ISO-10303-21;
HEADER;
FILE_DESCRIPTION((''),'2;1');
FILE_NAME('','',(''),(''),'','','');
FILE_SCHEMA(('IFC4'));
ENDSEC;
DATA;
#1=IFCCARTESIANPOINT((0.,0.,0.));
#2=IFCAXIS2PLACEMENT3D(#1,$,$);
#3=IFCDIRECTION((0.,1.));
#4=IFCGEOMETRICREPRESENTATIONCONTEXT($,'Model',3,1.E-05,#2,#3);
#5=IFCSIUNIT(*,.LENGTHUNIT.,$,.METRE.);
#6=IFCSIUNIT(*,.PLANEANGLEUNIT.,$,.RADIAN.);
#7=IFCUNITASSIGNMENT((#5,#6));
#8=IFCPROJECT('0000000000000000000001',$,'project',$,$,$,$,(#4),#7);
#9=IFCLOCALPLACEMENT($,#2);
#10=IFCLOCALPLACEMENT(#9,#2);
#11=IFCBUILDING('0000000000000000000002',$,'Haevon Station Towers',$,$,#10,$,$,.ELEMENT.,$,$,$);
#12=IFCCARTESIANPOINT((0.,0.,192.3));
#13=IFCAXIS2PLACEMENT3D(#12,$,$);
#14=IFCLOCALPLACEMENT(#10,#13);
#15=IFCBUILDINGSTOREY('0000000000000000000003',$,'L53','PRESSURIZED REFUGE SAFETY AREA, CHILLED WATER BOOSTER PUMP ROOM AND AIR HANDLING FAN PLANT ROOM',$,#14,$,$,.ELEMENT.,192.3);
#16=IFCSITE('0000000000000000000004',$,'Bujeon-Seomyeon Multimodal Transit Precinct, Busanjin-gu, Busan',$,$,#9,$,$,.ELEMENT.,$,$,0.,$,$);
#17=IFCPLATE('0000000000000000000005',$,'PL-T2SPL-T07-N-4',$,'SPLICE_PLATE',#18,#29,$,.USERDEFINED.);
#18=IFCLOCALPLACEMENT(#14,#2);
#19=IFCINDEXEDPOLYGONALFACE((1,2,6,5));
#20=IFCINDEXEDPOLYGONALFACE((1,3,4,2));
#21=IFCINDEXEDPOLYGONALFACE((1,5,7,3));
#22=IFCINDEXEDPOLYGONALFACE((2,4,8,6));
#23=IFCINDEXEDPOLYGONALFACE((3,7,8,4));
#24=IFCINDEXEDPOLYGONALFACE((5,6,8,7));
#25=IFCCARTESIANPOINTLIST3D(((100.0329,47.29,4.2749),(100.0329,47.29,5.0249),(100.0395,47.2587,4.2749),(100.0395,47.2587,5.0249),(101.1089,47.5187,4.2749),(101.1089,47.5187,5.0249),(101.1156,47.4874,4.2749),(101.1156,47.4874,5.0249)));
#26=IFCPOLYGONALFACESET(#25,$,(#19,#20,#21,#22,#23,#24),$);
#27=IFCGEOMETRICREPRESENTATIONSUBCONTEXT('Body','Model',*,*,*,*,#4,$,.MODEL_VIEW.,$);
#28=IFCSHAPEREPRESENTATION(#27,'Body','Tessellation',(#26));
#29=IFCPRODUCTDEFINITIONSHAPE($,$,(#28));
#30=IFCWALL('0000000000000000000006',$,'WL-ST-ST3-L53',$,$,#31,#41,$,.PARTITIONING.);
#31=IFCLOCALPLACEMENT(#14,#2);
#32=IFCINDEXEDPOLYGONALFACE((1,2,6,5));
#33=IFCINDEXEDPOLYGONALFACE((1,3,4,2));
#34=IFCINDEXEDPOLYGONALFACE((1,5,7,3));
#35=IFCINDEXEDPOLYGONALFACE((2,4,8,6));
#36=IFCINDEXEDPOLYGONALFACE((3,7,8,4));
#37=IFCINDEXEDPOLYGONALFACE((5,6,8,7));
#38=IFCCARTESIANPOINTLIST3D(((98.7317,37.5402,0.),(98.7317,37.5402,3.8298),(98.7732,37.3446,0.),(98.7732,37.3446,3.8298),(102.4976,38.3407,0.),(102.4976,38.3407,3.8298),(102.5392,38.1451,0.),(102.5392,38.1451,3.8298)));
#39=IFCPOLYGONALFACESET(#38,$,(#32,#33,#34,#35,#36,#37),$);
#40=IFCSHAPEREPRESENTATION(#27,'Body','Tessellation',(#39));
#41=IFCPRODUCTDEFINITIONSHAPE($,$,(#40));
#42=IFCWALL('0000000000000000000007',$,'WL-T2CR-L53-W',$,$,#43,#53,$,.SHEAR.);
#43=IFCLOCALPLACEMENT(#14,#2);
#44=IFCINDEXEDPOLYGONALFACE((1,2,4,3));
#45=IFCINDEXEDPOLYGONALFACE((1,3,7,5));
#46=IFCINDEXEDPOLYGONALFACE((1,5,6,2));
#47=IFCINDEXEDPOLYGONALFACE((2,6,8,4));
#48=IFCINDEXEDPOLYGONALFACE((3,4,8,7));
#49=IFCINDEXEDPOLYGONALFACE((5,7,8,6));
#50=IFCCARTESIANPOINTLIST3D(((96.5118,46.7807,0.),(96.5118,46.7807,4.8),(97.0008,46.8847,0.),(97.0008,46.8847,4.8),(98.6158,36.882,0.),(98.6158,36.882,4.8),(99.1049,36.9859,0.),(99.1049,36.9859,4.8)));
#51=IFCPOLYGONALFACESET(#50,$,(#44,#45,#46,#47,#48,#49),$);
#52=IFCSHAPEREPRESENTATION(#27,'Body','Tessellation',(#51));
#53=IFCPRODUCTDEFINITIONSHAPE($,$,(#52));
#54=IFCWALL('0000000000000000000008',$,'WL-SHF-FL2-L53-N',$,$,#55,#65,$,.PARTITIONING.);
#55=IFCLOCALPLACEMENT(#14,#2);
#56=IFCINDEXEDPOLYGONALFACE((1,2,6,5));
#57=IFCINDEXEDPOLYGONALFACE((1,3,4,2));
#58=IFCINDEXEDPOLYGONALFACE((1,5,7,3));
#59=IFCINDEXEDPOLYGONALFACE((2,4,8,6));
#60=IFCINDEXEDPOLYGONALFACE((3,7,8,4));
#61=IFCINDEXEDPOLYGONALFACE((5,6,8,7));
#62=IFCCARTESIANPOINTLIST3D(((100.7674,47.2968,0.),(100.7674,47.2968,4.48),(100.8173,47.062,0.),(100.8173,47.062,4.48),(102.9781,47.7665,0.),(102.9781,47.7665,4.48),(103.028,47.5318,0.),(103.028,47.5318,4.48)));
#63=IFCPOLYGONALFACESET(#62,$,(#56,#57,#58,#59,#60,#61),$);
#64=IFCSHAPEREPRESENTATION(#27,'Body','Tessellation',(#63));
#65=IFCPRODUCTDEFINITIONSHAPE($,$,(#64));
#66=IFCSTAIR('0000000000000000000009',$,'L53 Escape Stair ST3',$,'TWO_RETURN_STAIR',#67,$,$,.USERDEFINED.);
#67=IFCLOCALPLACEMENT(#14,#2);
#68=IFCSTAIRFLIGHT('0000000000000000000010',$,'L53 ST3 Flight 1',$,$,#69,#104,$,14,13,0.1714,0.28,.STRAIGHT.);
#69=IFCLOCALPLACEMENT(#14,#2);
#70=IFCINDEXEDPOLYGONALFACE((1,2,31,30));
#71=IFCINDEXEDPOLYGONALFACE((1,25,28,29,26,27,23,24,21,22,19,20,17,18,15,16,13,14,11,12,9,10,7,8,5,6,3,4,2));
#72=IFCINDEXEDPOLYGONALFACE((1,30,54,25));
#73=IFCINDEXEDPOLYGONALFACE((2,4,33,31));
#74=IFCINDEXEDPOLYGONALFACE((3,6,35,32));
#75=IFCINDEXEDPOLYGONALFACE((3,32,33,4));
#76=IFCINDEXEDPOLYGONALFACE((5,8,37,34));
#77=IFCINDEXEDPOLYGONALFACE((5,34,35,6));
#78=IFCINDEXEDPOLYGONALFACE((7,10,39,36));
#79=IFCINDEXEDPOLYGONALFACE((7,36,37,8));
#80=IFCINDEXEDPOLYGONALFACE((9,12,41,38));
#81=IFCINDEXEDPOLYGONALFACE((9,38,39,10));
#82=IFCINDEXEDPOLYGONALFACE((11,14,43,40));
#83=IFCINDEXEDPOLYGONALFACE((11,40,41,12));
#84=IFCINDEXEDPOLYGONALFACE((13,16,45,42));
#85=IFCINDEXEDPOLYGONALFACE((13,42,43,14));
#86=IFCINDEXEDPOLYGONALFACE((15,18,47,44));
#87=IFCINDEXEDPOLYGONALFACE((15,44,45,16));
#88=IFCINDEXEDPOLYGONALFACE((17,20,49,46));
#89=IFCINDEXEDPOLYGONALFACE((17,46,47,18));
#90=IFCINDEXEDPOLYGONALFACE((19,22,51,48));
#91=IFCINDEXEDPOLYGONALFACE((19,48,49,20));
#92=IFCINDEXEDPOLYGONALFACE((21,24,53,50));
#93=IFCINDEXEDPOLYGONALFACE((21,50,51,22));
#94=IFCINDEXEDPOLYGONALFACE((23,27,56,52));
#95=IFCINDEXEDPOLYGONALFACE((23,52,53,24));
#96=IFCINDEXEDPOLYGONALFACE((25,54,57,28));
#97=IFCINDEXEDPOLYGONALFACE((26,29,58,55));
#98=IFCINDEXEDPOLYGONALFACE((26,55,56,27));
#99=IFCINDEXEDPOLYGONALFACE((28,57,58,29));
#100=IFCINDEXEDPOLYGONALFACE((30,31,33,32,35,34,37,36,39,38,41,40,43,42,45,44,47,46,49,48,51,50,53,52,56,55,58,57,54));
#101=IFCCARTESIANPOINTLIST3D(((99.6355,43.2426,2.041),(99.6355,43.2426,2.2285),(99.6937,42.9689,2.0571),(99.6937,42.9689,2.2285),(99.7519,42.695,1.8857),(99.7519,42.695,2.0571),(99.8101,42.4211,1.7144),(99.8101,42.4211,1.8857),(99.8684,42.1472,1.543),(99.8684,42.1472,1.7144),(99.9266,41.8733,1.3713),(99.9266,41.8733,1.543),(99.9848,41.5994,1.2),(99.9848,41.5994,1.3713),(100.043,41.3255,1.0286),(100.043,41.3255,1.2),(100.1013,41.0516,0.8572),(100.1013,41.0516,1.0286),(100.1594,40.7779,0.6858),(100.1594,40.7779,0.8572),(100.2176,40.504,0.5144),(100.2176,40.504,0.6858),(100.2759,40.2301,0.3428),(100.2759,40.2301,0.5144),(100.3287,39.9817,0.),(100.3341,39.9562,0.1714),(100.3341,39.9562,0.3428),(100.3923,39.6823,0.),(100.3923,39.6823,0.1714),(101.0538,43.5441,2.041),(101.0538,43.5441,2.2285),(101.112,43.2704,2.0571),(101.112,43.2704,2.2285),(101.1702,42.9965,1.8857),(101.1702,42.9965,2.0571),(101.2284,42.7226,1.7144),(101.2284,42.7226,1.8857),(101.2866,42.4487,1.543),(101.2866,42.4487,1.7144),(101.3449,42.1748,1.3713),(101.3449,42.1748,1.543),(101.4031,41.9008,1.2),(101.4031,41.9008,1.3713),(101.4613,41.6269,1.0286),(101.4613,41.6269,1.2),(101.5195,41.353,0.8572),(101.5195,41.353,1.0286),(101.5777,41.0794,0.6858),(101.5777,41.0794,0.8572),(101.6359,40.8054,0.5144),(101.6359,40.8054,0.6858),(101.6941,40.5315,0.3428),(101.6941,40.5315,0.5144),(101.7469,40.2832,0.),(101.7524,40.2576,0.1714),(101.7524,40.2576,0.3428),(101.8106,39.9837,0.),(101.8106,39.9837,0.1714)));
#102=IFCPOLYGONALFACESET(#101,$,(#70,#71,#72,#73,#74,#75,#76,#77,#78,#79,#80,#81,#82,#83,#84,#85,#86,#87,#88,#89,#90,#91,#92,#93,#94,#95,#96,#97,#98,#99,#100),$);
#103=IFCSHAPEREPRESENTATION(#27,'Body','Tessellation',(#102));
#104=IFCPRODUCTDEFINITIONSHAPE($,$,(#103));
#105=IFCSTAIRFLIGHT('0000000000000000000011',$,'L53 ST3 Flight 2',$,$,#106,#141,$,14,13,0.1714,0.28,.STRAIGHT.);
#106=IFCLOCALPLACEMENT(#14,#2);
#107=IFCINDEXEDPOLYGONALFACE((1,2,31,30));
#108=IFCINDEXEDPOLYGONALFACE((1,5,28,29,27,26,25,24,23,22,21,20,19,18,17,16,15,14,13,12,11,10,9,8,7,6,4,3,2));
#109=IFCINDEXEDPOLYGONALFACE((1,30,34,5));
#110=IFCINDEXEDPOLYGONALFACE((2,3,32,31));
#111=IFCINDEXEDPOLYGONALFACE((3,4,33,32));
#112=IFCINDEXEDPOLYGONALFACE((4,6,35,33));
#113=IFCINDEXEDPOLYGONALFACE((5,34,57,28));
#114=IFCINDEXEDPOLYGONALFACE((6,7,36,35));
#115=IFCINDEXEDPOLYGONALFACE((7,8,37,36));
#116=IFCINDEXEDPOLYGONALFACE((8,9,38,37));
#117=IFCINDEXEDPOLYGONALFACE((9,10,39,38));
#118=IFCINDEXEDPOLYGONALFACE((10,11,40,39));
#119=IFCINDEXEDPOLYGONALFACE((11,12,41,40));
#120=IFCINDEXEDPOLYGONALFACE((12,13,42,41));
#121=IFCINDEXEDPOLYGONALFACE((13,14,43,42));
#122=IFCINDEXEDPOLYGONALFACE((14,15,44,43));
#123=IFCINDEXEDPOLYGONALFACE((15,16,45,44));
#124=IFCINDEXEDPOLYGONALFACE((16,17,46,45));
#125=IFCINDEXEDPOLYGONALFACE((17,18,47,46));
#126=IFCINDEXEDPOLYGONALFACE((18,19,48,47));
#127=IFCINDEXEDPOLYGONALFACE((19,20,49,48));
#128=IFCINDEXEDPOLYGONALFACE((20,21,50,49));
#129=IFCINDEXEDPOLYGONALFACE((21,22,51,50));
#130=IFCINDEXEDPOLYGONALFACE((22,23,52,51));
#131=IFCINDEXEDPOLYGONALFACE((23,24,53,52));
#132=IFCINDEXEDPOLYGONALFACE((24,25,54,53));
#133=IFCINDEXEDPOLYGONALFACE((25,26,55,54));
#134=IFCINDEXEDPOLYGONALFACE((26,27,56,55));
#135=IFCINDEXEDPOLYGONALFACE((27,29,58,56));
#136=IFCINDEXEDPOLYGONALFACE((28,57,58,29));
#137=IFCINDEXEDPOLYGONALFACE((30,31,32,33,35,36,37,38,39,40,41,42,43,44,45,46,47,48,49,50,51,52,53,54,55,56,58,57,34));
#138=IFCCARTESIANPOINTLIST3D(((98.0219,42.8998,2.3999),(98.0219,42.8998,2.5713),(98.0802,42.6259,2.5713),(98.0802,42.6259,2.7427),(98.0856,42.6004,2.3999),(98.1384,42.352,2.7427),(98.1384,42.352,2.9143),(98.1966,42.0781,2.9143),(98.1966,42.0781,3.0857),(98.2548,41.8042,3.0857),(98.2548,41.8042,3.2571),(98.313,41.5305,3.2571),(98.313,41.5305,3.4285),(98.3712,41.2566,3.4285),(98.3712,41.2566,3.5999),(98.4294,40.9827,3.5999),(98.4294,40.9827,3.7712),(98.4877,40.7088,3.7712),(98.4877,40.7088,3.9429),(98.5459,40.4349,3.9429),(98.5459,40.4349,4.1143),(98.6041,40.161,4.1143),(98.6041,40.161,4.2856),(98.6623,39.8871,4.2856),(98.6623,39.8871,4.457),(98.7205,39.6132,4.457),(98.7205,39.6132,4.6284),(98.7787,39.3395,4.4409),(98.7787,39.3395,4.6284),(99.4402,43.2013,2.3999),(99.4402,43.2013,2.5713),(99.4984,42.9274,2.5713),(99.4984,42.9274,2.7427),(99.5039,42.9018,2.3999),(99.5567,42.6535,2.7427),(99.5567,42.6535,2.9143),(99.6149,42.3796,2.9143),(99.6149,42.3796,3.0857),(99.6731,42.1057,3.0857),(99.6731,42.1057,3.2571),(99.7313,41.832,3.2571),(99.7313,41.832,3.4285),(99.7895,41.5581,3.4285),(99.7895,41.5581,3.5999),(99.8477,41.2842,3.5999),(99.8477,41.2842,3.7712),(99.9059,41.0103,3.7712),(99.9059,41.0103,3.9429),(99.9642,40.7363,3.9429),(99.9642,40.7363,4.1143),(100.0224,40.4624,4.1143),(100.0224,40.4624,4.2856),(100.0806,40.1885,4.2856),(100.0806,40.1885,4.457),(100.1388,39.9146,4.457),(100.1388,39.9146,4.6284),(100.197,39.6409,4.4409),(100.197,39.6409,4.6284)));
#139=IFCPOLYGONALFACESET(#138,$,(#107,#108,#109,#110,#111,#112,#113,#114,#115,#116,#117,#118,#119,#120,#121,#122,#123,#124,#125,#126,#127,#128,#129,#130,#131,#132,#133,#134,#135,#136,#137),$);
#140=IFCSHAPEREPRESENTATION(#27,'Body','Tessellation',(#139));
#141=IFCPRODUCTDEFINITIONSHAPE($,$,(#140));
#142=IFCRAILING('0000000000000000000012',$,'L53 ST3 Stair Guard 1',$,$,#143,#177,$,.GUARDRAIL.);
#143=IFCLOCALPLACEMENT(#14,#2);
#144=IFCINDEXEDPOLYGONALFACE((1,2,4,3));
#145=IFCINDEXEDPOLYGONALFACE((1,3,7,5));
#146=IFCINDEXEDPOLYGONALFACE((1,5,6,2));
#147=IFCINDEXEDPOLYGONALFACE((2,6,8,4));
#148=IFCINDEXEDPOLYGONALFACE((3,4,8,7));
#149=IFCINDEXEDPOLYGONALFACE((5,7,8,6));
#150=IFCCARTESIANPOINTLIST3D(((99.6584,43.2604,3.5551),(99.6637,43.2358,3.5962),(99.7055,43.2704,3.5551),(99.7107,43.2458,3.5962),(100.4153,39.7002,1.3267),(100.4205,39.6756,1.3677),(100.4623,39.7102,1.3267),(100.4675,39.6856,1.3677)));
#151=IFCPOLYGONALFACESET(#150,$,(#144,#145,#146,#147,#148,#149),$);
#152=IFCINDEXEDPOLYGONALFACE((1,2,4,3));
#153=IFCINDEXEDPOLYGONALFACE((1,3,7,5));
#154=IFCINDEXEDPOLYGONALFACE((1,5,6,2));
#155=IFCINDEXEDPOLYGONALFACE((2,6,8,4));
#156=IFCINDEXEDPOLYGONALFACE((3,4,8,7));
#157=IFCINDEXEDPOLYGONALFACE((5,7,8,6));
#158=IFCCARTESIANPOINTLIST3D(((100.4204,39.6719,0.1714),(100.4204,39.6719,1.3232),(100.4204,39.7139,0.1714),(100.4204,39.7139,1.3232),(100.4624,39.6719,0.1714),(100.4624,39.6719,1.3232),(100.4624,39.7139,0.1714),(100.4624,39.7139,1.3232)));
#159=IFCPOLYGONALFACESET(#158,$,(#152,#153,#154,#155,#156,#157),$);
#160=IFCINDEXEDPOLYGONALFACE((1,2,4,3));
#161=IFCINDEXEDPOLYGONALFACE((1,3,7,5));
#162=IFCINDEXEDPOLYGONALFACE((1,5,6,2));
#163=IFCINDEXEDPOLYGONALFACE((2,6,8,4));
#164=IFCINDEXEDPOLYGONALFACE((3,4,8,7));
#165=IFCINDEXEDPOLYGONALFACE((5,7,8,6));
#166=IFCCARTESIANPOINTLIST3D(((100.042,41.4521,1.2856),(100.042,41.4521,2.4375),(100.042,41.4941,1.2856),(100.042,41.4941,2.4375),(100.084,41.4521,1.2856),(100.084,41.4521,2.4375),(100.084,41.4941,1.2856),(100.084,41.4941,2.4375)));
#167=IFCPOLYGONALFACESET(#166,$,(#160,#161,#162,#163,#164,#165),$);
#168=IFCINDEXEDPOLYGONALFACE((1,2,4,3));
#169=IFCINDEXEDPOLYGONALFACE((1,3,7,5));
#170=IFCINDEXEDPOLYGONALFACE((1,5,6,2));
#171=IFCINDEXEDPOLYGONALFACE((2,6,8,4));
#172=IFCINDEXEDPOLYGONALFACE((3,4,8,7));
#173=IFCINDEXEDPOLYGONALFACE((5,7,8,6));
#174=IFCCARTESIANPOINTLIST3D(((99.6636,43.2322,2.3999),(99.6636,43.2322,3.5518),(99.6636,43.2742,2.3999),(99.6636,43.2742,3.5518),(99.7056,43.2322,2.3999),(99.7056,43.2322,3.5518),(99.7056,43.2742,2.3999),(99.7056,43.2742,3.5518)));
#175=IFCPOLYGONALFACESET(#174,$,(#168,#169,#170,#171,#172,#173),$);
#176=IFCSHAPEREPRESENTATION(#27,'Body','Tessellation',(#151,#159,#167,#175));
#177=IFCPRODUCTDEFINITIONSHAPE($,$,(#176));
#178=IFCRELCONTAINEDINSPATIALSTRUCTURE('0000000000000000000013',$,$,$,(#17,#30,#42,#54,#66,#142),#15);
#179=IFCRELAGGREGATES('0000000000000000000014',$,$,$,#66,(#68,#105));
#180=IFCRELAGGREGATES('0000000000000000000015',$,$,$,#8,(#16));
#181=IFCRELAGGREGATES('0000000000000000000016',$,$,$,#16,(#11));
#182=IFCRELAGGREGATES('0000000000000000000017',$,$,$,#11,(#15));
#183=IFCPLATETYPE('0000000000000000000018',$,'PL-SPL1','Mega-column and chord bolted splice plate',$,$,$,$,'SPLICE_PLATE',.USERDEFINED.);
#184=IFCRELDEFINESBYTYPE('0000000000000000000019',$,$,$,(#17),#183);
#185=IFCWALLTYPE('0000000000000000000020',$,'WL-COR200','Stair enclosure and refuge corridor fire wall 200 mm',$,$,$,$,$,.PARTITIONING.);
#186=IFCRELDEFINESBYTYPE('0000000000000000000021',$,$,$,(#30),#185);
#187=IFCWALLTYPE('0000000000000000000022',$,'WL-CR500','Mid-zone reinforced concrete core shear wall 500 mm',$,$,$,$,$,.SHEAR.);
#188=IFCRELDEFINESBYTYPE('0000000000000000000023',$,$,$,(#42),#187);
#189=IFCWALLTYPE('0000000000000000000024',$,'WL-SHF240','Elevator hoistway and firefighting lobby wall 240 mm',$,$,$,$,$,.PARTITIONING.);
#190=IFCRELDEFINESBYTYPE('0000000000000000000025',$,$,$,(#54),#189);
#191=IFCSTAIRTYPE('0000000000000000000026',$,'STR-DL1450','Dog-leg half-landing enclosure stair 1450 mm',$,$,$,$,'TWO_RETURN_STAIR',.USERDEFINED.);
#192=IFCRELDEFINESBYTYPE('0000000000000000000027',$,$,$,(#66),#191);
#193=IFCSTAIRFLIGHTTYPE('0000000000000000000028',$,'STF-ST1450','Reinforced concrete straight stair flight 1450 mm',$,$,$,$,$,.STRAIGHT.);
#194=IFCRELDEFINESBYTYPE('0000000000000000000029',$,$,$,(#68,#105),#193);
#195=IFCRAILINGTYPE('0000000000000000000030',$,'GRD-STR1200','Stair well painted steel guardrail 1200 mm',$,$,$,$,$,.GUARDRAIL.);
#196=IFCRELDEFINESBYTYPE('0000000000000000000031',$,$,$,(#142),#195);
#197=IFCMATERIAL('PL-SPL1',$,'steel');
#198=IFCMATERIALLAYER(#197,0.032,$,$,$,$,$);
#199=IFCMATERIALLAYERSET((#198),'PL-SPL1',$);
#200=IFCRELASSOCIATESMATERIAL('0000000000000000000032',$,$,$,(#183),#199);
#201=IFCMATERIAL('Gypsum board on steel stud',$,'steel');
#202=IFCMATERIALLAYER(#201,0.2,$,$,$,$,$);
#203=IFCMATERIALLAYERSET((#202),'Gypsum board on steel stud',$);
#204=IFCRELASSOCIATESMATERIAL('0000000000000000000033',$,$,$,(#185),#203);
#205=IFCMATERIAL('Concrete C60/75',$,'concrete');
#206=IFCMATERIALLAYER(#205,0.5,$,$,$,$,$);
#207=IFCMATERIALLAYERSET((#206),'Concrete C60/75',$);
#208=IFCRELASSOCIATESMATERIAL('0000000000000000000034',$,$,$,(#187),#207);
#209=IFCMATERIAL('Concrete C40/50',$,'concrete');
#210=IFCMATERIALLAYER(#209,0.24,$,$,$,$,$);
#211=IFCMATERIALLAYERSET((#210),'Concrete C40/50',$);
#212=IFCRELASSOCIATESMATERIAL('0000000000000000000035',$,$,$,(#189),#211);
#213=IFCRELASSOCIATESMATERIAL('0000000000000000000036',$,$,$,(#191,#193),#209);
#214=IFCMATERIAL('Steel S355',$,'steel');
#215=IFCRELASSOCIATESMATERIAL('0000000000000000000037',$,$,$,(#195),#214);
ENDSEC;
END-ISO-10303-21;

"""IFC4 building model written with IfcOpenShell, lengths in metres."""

from ifc_helpers import new_model, si_unit, direction, frame, frame_2d, origin, origin_2d, place, context, subcontext, project, spatial, polyline, rectangle, outline, extrude, material, layer, layer_set, type_object, element, aggregate, save


model = new_model("IFC4")

# Units and contexts
model_context = context("Model", 3, precision=1e-05, world=origin(), true_north=direction((0.0, 1.0)))
body_context = subcontext(model_context, "Body", "Model", "MODEL_VIEW")
ifc_project = project(units=[si_unit("LENGTHUNIT", "METRE"), si_unit("PLANEANGLEUNIT", "RADIAN")], contexts=[model_context])

# Site, building, storey
site_placement = place(None, origin())
site = spatial("IfcSite", under=ifc_project, at=site_placement, Name="Bujeon-Seomyeon Multimodal Transit Precinct, Busanjin-gu, Busan", CompositionType="ELEMENT", RefElevation=0.0)
building_placement = place(site_placement, origin())
building = spatial("IfcBuilding", under=site, at=building_placement, Name="Haevon Station Towers", CompositionType="ELEMENT")
storey_placement = place(building_placement, frame((0.0, 0.0, 192.3)))
storey = spatial("IfcBuildingStorey", under=building, at=storey_placement, Name="L53", Description="PRESSURIZED REFUGE SAFETY AREA, CHILLED WATER BOOSTER PUMP ROOM AND AIR HANDLING FAN PLANT ROOM", CompositionType="ELEMENT", Elevation=192.3)

# Shared definitions
ifc_material_1 = material(Name="Steel S355", Category="steel")

# Plate
ifc_material_2 = material(Name="PL-SPL1", Category="steel")
ifc_layer_1 = layer(ifc_material_2, 0.032)
ifc_layer_set_1 = layer_set([ifc_layer_1], Name="PL-SPL1")
plate_type_1 = type_object("IfcPlateType", Name="PL-SPL1", Description="Mega-column and chord bolted splice plate", ElementType="SPLICE_PLATE", PredefinedType="USERDEFINED", material=ifc_layer_set_1)
plate_placement = place(storey_placement, frame((100.5742, 47.3887, 4.2749), z_axis=(0.0, 0.0, 1.0), x_axis=(0.978148, 0.207912, 0.0)))
element("IfcPlate", 1, at=plate_placement, inside=storey, type_object=plate_type_1, Name="PL-T2SPL-T07-N-4", ObjectType="SPLICE_PLATE", PredefinedType="USERDEFINED", context=body_context, shape_type="SweptSolid", body=[
    extrude(rectangle(XDim=1.1001, YDim=0.032, at=origin_2d()), origin(), (0.0, 0.0, 1.0), 0.75),
])

# Walls
ifc_material_3 = material(Name="Gypsum board on steel stud", Category="steel")
ifc_layer_2 = layer(ifc_material_3, 0.2)
ifc_layer_set_2 = layer_set([ifc_layer_2], Name="Gypsum board on steel stud")
wall_type_1 = type_object("IfcWallType", Name="WL-COR200", Description="Stair enclosure and refuge corridor fire wall 200 mm", PredefinedType="PARTITIONING", material=ifc_layer_set_2)
wall_1_placement = place(storey_placement, frame((98.7524, 37.4424, 0.0), z_axis=(0.0, 0.0, 1.0), x_axis=(0.978144, 0.207931, 0.0)))
element("IfcWall", 2, at=wall_1_placement, inside=storey, type_object=wall_type_1, Name="WL-ST-ST3-L53", PredefinedType="PARTITIONING", context=body_context, shape_type="SweptSolid", body=[
    extrude(rectangle(XDim=3.8501, YDim=0.2, at=frame_2d((1.925, 0.0))), origin(), (0.0, 0.0, 1.0), 3.8298),
])
ifc_material_4 = material(Name="Concrete C60/75", Category="concrete")
ifc_layer_3 = layer(ifc_material_4, 0.5)
ifc_layer_set_3 = layer_set([ifc_layer_3], Name="Concrete C60/75")
wall_type_2 = type_object("IfcWallType", Name="WL-CR500", Description="Mid-zone reinforced concrete core shear wall 500 mm", PredefinedType="SHEAR", material=ifc_layer_set_3)
wall_2_placement = place(storey_placement, frame((98.8604, 36.9338, 0.0), z_axis=(0.0, 0.0, 1.0), x_axis=(-0.207909, 0.978148, 0.0)))
element("IfcWall", 3, at=wall_2_placement, inside=storey, type_object=wall_type_2, Name="WL-T2CR-L53-W", PredefinedType="SHEAR", context=body_context, shape_type="SweptSolid", body=[
    extrude(rectangle(XDim=10.1199, YDim=0.5, at=frame_2d((5.0601, 0.0))), origin(), (0.0, 0.0, 1.0), 4.8),
])

# Shared definitions
ifc_material_5 = material(Name="Concrete C40/50", Category="concrete")
ifc_layer_4 = layer(ifc_material_5, 0.24)
ifc_layer_set_4 = layer_set([ifc_layer_4], Name="Concrete C40/50")
wall_type_3 = type_object("IfcWallType", Name="WL-SHF240", Description="Elevator hoistway and firefighting lobby wall 240 mm", PredefinedType="PARTITIONING", material=ifc_layer_set_4)

# Wall
wall_3_placement = place(storey_placement, frame((100.7925, 47.1794, 0.0), z_axis=(0.0, 0.0, 1.0), x_axis=(0.978163, 0.207839, 0.0)))
element("IfcWall", 4, at=wall_3_placement, inside=storey, type_object=wall_type_3, Name="WL-SHF-FL2-L53-N", PredefinedType="PARTITIONING", context=body_context, shape_type="SweptSolid", body=[
    extrude(rectangle(XDim=2.26, YDim=0.24, at=frame_2d((1.1299, 0.0))), origin(), (0.0, 0.0, 1.0), 4.48),
])

# Stair, stair flights
stair_type = type_object("IfcStairType", Name="STR-DL1450", Description="Dog-leg half-landing enclosure stair 1450 mm", ElementType="TWO_RETURN_STAIR", PredefinedType="USERDEFINED", material=ifc_material_5)
stair_placement = place(storey_placement, origin())
stair = element("IfcStair", 5, at=stair_placement, inside=storey, type_object=stair_type, Name="L53 Escape Stair ST3", ObjectType="TWO_RETURN_STAIR", PredefinedType="USERDEFINED")
stair_flight_type = type_object("IfcStairFlightType", Name="STF-ST1450", Description="Reinforced concrete straight stair flight 1450 mm", PredefinedType="STRAIGHT", material=ifc_material_5)
stair_flight_1_placement = place(storey_placement, frame((101.1016, 39.833, 0.0), z_axis=(0.0, 0.0, 1.0), x_axis=(-0.207912, 0.978148, 0.0)))
stair_flight_1 = element("IfcStairFlight", 6, at=stair_flight_1_placement, type_object=stair_flight_type, Name="L53 ST3 Flight 1", NumberOfRisers=14, NumberOfTreads=13, PredefinedType="STRAIGHT", RiserHeight=0.1714, TreadLength=0.28, context=body_context, shape_type="SweptSolid", body=[
    extrude(outline(polyline([(0.0, 0.0), (0.0, 0.1714), (0.28, 0.1714), (0.28, 0.3428), (0.5601, 0.3428), (0.5601, 0.5144), (0.8401, 0.5144), (0.8401, 0.6858), (1.1201, 0.6858), (1.1201, 0.8572), (1.3999, 0.8572), (1.3999, 1.0286), (1.6799, 1.0286), (1.6799, 1.2), (1.96, 1.2), (1.96, 1.3713), (2.24, 1.3713), (2.24, 1.543), (2.52, 1.543), (2.52, 1.7144), (2.8, 1.7144), (2.8, 1.8857), (3.0801, 1.8857), (3.0801, 2.0571), (3.3601, 2.0571), (3.3601, 2.2285), (3.6399, 2.2285), (3.6399, 2.3999), (3.6399, 2.041), (0.3062, 0.0), (0.0, 0.0)])), frame((0.0, 0.7251, 0.0), z_axis=(0.0, -1.0, 0.0), x_axis=(1.0, 0.0, 0.0)), (0.0, 0.0, 1.0), 1.45),
])
stair_flight_2_placement = place(storey_placement, frame((98.731, 43.0505, 2.3999), z_axis=(0.0, 0.0, 1.0), x_axis=(0.207912, -0.978148, 0.0)))
stair_flight_2 = element("IfcStairFlight", 7, at=stair_flight_2_placement, type_object=stair_flight_type, Name="L53 ST3 Flight 2", NumberOfRisers=14, NumberOfTreads=13, PredefinedType="STRAIGHT", RiserHeight=0.1714, TreadLength=0.28, context=body_context, shape_type="SweptSolid", body=[
    extrude(outline(polyline([(0.0, 0.0), (0.0, 0.1714), (0.28, 0.1714), (0.28, 0.3428), (0.5601, 0.3428), (0.5601, 0.5144), (0.8401, 0.5144), (0.8401, 0.6858), (1.1201, 0.6858), (1.1201, 0.8572), (1.3999, 0.8572), (1.3999, 1.0286), (1.6799, 1.0286), (1.6799, 1.2), (1.96, 1.2), (1.96, 1.3713), (2.24, 1.3713), (2.24, 1.543), (2.52, 1.543), (2.52, 1.7144), (2.8, 1.7144), (2.8, 1.8857), (3.0801, 1.8857), (3.0801, 2.0571), (3.3601, 2.0571), (3.3601, 2.2285), (3.6399, 2.2285), (3.6399, 2.3999), (3.6399, 2.041), (0.3062, 0.0), (0.0, 0.0)])), frame((0.0, 0.7251, 0.0), z_axis=(0.0, -1.0, 0.0), x_axis=(1.0, 0.0, 0.0)), (0.0, 0.0, 1.0), 1.45),
])
aggregate(stair, [stair_flight_1, stair_flight_2])

# Railing
railing_type_1 = type_object("IfcRailingType", Name="GRD-STR1200", Description="Stair well painted steel guardrail 1200 mm", PredefinedType="GUARDRAIL", material=ifc_material_1)
railing_1_placement = place(storey_placement, frame((100.4414, 39.6929, 0.1714)))
element("IfcRailing", 8, at=railing_1_placement, inside=storey, type_object=railing_type_1, Name="L53 ST3 Stair Guard 1", PredefinedType="GUARDRAIL", context=body_context, shape_type="SweptSolid", body=[
    extrude(rectangle(XDim=0.0481, YDim=0.0481, at=origin_2d()), frame((0.0, 0.0, 1.1758), z_axis=(-0.177333, 0.834208, 0.522159), x_axis=(-0.978144, -0.20793, 0.0)), (0.0, 0.0, 1.0), 4.2678),
    extrude(rectangle(XDim=0.042, YDim=0.042, at=origin_2d()), origin(), (0.0, 0.0, 1.0), 1.1519),
    extrude(rectangle(XDim=0.042, YDim=0.042, at=origin_2d()), frame((-0.3784, 1.7803, 1.1143)), (0.0, 0.0, 1.0), 1.1519),
    extrude(rectangle(XDim=0.042, YDim=0.042, at=origin_2d()), frame((-0.7568, 3.5603, 2.2285)), (0.0, 0.0, 1.0), 1.1519),
])

save(model, "model.ifc")
